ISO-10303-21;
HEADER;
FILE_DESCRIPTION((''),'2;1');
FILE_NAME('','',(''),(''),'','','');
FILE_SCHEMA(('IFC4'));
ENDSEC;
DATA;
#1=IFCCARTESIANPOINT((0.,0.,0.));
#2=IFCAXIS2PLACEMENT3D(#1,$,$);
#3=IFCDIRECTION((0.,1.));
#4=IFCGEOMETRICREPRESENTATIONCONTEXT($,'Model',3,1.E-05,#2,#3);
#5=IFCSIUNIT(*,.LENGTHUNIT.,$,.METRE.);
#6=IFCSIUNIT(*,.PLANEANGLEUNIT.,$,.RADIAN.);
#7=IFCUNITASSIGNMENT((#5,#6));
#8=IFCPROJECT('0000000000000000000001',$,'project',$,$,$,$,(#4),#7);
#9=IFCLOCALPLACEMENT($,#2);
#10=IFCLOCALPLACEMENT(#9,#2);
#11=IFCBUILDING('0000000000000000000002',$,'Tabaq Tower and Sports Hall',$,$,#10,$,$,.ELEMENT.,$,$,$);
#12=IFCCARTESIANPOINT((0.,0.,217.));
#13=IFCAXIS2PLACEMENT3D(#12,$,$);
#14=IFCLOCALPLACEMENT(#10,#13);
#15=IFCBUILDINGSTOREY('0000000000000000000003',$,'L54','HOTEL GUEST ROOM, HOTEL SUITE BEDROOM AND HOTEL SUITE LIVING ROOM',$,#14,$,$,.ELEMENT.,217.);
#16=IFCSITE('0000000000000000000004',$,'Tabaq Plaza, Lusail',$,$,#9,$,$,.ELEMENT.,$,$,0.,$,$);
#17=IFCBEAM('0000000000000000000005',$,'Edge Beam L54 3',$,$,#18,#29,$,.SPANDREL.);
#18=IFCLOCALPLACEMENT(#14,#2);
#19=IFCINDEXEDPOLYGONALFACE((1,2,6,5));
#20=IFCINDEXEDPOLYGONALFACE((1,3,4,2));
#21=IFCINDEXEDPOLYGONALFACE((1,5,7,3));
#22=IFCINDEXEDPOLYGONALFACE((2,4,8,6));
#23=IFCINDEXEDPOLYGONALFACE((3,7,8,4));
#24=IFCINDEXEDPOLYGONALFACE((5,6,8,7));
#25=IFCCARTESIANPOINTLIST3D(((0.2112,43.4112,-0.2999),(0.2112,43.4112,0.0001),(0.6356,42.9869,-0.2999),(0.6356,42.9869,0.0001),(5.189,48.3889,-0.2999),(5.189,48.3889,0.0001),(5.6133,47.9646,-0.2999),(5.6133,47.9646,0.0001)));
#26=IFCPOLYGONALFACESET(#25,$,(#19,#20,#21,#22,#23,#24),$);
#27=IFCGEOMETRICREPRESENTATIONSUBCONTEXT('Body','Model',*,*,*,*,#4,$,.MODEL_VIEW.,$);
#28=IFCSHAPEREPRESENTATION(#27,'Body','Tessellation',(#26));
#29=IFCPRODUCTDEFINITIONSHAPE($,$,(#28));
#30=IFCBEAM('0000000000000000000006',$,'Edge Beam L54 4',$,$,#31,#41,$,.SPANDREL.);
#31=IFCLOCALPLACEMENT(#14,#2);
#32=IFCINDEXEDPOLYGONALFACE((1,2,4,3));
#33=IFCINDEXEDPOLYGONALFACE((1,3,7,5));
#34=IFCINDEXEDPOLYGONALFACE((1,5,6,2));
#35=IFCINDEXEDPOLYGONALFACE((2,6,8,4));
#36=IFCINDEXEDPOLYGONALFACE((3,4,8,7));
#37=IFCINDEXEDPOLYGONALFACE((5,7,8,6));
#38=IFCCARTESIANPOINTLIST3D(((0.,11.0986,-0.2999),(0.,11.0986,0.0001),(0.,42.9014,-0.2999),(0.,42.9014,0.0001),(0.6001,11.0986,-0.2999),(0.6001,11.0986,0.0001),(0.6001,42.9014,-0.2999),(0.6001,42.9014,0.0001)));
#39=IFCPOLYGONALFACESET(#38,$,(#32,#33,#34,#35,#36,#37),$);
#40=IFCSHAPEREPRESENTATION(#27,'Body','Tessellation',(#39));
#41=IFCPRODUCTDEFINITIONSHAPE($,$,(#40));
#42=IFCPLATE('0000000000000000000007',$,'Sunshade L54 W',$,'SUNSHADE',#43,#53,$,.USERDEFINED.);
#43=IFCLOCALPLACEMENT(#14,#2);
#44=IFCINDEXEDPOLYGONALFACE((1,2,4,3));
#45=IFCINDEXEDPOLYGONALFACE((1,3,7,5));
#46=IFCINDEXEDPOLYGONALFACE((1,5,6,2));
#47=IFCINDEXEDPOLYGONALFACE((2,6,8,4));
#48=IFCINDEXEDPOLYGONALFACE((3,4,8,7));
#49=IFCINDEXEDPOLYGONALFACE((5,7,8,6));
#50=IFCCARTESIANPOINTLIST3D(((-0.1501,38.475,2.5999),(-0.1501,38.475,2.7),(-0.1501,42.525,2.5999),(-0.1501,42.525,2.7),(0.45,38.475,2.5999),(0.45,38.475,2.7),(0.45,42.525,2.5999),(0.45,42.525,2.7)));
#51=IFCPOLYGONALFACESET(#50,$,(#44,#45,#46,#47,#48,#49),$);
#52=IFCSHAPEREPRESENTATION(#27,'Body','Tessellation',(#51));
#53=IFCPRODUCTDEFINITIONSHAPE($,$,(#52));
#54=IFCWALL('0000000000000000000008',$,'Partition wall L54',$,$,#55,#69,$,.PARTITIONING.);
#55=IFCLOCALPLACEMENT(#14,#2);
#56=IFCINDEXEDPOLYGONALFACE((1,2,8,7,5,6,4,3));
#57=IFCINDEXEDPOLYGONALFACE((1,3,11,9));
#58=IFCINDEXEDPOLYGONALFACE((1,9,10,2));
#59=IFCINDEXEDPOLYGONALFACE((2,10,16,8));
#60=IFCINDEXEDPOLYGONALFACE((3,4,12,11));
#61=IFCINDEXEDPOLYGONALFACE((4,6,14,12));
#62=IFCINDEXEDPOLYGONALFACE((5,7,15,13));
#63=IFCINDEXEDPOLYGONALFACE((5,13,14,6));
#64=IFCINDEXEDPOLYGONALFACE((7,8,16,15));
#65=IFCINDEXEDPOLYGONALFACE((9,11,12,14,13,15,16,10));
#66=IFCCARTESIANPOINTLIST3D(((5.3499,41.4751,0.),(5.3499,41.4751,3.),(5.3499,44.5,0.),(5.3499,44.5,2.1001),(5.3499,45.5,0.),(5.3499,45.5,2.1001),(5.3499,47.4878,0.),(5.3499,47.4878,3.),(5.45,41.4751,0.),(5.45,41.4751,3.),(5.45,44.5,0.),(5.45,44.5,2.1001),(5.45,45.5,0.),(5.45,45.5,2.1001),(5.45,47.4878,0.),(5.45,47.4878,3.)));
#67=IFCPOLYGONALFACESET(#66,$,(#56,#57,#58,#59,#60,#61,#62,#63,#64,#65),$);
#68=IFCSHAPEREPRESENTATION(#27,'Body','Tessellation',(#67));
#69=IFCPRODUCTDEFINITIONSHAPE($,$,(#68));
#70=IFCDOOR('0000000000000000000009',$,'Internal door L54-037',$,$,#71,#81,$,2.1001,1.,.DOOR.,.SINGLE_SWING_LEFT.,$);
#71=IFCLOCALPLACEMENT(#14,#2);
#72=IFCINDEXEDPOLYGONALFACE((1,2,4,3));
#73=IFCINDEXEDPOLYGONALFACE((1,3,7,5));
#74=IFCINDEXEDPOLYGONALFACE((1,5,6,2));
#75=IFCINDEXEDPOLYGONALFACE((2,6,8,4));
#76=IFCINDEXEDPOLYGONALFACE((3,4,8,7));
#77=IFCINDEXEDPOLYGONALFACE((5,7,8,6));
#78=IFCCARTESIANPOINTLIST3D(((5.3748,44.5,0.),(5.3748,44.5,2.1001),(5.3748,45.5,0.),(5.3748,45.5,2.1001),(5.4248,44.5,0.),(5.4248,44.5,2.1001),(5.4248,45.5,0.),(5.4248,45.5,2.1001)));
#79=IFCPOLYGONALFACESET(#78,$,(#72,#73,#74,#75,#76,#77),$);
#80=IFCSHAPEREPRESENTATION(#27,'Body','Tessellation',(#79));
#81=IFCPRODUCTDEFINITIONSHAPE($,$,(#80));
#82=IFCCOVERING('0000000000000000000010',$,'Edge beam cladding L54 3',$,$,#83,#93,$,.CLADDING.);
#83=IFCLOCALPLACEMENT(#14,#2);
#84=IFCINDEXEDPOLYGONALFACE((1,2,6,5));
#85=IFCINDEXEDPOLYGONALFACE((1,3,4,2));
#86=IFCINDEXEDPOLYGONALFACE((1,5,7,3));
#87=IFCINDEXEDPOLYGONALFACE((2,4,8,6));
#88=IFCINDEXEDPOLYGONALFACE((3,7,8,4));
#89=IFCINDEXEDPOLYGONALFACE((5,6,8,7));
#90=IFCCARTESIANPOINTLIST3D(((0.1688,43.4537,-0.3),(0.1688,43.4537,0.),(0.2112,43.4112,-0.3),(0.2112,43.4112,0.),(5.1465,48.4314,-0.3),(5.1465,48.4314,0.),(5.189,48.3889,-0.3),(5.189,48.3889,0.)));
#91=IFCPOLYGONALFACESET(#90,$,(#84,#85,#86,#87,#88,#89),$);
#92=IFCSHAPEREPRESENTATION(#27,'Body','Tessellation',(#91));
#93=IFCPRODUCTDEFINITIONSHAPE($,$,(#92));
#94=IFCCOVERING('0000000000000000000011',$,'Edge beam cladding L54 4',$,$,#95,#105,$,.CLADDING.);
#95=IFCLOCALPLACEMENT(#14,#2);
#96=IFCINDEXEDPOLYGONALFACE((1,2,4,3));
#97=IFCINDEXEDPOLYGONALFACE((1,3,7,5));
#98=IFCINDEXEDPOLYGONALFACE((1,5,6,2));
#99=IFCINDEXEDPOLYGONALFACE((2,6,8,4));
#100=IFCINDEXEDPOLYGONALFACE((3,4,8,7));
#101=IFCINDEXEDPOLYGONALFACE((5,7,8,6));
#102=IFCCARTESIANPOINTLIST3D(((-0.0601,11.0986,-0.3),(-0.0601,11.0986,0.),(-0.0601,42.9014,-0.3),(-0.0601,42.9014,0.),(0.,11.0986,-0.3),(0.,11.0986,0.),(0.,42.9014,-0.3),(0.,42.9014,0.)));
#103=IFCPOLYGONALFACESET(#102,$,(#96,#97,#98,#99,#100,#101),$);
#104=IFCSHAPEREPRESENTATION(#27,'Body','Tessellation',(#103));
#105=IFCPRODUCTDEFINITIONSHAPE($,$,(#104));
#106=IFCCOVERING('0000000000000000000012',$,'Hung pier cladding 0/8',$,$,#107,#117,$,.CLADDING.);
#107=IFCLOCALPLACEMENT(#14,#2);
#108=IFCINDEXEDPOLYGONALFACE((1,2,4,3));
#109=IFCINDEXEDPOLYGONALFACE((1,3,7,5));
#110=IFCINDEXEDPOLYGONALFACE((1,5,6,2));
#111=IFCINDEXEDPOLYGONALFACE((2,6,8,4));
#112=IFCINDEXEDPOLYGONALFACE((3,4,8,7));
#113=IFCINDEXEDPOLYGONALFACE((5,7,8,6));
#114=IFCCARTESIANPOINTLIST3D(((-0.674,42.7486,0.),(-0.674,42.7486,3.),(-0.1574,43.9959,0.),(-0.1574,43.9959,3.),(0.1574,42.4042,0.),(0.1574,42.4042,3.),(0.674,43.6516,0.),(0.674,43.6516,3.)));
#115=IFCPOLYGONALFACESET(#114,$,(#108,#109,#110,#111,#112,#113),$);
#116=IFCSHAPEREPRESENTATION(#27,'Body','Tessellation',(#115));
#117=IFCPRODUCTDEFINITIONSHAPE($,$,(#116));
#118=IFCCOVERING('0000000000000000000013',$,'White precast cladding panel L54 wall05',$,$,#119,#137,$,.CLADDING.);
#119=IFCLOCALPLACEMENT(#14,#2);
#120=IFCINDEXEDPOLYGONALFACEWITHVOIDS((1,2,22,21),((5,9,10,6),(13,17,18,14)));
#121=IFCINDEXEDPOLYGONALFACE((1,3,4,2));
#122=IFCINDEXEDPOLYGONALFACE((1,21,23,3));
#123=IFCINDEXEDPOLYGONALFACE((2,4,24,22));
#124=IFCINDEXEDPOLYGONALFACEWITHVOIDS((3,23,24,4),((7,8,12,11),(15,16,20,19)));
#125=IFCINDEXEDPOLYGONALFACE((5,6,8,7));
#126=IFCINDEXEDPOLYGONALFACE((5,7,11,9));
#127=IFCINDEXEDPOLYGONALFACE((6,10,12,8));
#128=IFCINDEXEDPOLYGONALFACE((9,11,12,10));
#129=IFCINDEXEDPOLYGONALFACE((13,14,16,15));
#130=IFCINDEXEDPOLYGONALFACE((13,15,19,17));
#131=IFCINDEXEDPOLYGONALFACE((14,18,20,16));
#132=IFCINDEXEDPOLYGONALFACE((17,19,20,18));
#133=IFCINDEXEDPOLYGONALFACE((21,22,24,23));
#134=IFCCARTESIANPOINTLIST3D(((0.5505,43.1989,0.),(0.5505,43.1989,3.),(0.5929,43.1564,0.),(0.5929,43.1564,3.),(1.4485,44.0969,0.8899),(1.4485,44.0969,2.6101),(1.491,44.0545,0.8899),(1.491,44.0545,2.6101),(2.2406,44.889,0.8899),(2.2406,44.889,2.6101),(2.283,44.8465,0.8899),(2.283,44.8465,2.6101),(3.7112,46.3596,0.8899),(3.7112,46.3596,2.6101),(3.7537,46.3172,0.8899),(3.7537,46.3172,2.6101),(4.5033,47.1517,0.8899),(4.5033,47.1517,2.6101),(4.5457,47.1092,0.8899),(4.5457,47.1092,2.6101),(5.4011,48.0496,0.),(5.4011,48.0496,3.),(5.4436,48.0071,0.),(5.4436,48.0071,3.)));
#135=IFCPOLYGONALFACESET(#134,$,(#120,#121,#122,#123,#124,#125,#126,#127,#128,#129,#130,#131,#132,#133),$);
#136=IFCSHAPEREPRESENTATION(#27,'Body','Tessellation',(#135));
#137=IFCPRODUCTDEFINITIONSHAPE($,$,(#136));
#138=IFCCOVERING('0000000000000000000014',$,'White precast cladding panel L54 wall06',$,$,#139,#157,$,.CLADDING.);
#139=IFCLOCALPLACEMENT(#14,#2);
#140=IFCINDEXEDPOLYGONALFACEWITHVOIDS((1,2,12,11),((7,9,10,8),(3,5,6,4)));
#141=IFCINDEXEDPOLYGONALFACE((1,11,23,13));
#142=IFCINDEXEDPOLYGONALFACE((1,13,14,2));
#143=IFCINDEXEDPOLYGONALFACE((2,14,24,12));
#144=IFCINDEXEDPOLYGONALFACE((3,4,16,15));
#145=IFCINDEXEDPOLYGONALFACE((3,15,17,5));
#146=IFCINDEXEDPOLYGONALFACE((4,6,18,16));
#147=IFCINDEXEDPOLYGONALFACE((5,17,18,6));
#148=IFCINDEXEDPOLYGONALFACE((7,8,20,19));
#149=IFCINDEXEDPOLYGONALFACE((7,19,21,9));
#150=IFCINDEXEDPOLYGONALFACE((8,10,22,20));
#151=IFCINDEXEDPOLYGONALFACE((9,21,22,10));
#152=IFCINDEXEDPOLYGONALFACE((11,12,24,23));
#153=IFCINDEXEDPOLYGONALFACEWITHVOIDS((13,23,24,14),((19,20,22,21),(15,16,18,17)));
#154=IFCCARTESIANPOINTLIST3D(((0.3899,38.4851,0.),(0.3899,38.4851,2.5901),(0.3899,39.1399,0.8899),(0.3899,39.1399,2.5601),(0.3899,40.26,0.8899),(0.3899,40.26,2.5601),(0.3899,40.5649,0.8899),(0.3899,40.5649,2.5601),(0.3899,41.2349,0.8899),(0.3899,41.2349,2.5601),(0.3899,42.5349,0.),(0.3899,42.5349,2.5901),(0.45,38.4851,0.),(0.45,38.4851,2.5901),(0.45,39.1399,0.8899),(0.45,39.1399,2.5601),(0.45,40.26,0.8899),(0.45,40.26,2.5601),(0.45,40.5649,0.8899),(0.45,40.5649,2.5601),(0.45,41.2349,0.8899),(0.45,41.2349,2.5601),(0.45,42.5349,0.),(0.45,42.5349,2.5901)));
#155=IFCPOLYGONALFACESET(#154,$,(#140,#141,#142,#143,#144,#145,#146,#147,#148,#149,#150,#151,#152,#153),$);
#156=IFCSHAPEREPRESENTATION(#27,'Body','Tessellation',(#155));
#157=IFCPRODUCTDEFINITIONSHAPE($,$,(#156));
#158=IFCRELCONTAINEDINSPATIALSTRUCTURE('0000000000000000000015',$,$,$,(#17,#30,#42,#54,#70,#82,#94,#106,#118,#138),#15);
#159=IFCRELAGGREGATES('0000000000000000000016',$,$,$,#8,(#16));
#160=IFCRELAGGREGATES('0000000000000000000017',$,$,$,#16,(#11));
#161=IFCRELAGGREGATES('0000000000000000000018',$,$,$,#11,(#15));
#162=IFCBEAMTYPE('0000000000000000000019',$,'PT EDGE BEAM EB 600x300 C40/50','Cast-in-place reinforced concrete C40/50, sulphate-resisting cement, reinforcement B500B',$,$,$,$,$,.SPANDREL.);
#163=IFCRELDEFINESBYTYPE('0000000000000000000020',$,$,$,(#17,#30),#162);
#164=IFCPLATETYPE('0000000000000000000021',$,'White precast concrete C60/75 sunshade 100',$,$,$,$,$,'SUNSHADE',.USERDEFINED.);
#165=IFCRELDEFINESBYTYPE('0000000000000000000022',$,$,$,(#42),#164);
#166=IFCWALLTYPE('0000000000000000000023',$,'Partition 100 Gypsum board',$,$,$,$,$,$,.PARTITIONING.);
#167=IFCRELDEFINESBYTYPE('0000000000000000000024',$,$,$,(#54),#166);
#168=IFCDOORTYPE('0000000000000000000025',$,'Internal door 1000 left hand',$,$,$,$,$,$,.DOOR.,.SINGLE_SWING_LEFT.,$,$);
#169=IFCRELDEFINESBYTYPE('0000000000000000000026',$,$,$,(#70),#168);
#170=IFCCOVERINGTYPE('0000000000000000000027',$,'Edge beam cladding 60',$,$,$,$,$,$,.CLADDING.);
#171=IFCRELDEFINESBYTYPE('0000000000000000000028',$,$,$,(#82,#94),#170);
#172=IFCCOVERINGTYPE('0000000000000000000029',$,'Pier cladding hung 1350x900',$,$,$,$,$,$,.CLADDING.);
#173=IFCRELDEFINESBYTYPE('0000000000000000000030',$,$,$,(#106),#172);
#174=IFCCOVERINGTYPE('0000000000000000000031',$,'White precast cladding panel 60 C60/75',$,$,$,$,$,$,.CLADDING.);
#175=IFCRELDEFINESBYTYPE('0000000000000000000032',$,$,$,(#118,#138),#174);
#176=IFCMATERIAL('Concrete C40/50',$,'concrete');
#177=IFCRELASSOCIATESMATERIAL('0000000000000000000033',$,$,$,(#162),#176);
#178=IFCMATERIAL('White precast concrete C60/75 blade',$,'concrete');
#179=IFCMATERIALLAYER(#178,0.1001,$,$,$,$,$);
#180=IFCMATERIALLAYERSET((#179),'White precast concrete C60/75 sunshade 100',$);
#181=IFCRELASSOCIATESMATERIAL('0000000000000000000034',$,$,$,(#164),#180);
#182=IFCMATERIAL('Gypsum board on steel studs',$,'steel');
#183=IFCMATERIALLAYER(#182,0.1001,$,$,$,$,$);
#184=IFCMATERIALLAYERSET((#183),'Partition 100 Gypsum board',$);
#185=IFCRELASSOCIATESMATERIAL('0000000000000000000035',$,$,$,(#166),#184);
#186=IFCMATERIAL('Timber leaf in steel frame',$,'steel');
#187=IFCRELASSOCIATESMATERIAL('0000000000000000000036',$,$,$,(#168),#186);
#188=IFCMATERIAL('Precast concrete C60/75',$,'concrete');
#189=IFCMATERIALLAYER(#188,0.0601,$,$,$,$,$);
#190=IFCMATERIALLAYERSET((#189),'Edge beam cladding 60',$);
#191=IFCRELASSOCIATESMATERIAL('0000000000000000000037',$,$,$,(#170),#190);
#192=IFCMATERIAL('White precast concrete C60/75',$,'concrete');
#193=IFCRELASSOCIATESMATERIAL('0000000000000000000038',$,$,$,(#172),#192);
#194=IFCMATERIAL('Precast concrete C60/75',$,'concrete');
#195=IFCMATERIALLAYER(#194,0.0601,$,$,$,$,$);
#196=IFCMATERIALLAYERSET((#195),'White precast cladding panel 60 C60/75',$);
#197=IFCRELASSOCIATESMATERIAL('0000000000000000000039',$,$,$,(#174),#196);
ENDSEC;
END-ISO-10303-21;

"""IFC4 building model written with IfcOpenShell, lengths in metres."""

from ifc_helpers import new_model, si_unit, direction, frame, frame_2d, origin, origin_2d, place, context, subcontext, project, spatial, polyline, rectangle, outline, extrude, material, layer, layer_set, material_profile, profile_set, type_object, element, fill, save


model = new_model("IFC4")

# Units and contexts
model_context = context("Model", 3, precision=1e-05, world=origin(), true_north=direction((0.0, 1.0)))
body_context = subcontext(model_context, "Body", "Model", "MODEL_VIEW")
ifc_project = project(units=[si_unit("LENGTHUNIT", "METRE"), si_unit("PLANEANGLEUNIT", "RADIAN")], contexts=[model_context])

# Site, building, storey
site_placement = place(None, origin())
site = spatial("IfcSite", under=ifc_project, at=site_placement, Name="Tabaq Plaza, Lusail", CompositionType="ELEMENT", RefElevation=0.0)
building_placement = place(site_placement, origin())
building = spatial("IfcBuilding", under=site, at=building_placement, Name="Tabaq Tower and Sports Hall", CompositionType="ELEMENT")
storey_placement = place(building_placement, frame((0.0, 0.0, 217.0)))
storey = spatial("IfcBuildingStorey", under=building, at=storey_placement, Name="L54", Description="HOTEL GUEST ROOM, HOTEL SUITE BEDROOM AND HOTEL SUITE LIVING ROOM", CompositionType="ELEMENT", Elevation=217.0)

# Beams
ifc_material_1 = material(Name="Concrete C40/50", Category="concrete")
ifc_material_profile = material_profile(ifc_material_1, rectangle(XDim=0.6001, YDim=0.3, at=origin_2d()), Name="EB 600x300")
ifc_profile_set = profile_set([ifc_material_profile], Name="Concrete C40/50")
beam_type = type_object("IfcBeamType", Name="PT EDGE BEAM EB 600x300 C40/50", Description="Cast-in-place reinforced concrete C40/50, sulphate-resisting cement, reinforcement B500B", PredefinedType="SPANDREL", material=ifc_profile_set)
beam_1_placement = place(storey_placement, frame((5.4011, 48.1768, -0.1499), z_axis=(-0.707107, -0.707107, 0.0), x_axis=(0.707107, -0.707107, 0.0)))
element("IfcBeam", 1, at=beam_1_placement, inside=storey, type_object=beam_type, Name="Edge Beam L54 3", PredefinedType="SPANDREL", context=body_context, shape_type="SweptSolid", body=[
    extrude(rectangle(XDim=0.6001, YDim=0.3, at=origin_2d()), origin(), (0.0, 0.0, 1.0), 7.0396),
])
beam_2_placement = place(storey_placement, frame((0.3, 42.9014, -0.1499), z_axis=(0.0, -1.0, 0.0), x_axis=(1.0, 0.0, 0.0)))
element("IfcBeam", 2, at=beam_2_placement, inside=storey, type_object=beam_type, Name="Edge Beam L54 4", PredefinedType="SPANDREL", context=body_context, shape_type="SweptSolid", body=[
    extrude(rectangle(XDim=0.6001, YDim=0.3, at=origin_2d()), origin(), (0.0, 0.0, 1.0), 31.8027),
])

# Plate
ifc_material_2 = material(Name="White precast concrete C60/75 blade", Category="concrete")
ifc_layer_1 = layer(ifc_material_2, 0.1001)
ifc_layer_set_1 = layer_set([ifc_layer_1], Name="White precast concrete C60/75 sunshade 100")
plate_type = type_object("IfcPlateType", Name="White precast concrete C60/75 sunshade 100", ElementType="SUNSHADE", PredefinedType="USERDEFINED", material=ifc_layer_set_1)
plate_placement = place(storey_placement, frame((0.1499, 40.5, 2.5999), z_axis=(0.0, 0.0, 1.0), x_axis=(0.0, -1.0, 0.0)))
element("IfcPlate", 3, at=plate_placement, inside=storey, type_object=plate_type, Name="Sunshade L54 W", ObjectType="SUNSHADE", PredefinedType="USERDEFINED", context=body_context, shape_type="SweptSolid", body=[
    extrude(rectangle(XDim=4.05, YDim=0.6001, at=origin_2d()), origin(), (0.0, 0.0, 1.0), 0.1001),
])

# Wall, opening, door
ifc_material_3 = material(Name="Gypsum board on steel studs", Category="steel")
ifc_layer_2 = layer(ifc_material_3, 0.1001)
ifc_layer_set_2 = layer_set([ifc_layer_2], Name="Partition 100 Gypsum board")
wall_type_1 = type_object("IfcWallType", Name="Partition 100 Gypsum board", PredefinedType="PARTITIONING", material=ifc_layer_set_2)
wall_1_placement = place(storey_placement, frame((5.3999, 47.4878, 0.0), z_axis=(0.0, 0.0, 1.0), x_axis=(0.0, -1.0, 0.0)))
wall_1 = element("IfcWall", 4, at=wall_1_placement, inside=storey, type_object=wall_type_1, Name="Partition wall L54", PredefinedType="PARTITIONING", context=body_context, shape_type="SweptSolid", body=[
    extrude(rectangle(XDim=6.0127, YDim=0.1001, at=frame_2d((3.0063, 0.0))), origin(), (0.0, 0.0, 1.0), 3.0),
])
opening_1_placement = place(wall_1_placement, frame((1.9878, 0.0, 0.0)))
opening_1 = element("IfcOpeningElement", 5, at=opening_1_placement, cuts=wall_1, PredefinedType="OPENING", context=body_context, shape_type="SweptSolid", body=[
    extrude(rectangle(XDim=1.0, YDim=2.1001, at=frame_2d((0.5, 1.05))), frame((0.0, 0.05, 0.0), z_axis=(0.0, -1.0, 0.0), x_axis=(1.0, 0.0, 0.0)), (0.0, 0.0, 1.0), 0.1001),
])
ifc_material_4 = material(Name="Timber leaf in steel frame", Category="steel")
door_type = type_object("IfcDoorType", Name="Internal door 1000 left hand", OperationType="SINGLE_SWING_LEFT", PredefinedType="DOOR", material=ifc_material_4)
door_placement = place(opening_1_placement, origin())
door = element("IfcDoor", 6, at=door_placement, inside=storey, type_object=door_type, Name="Internal door L54-037", OperationType="SINGLE_SWING_LEFT", OverallHeight=2.1001, OverallWidth=1.0, PredefinedType="DOOR", context=body_context, shape_type="SweptSolid", body=[
    extrude(rectangle(XDim=1.0, YDim=2.1001, at=frame_2d((0.5, 1.05))), frame((0.0, 0.0249, 0.0), z_axis=(0.0, -1.0, 0.0), x_axis=(1.0, 0.0, 0.0)), (0.0, 0.0, 1.0), 0.05),
])
fill(opening_1, door)

# Coverings
ifc_material_5 = material(Name="Precast concrete C60/75", Category="concrete")
ifc_layer_3 = layer(ifc_material_5, 0.0601)
ifc_layer_set_3 = layer_set([ifc_layer_3], Name="Edge beam cladding 60")
covering_type_1 = type_object("IfcCoveringType", Name="Edge beam cladding 60", PredefinedType="CLADDING", material=ifc_layer_set_3)
covering_1_placement = place(storey_placement, frame((5.1677, 48.4102, -0.3), z_axis=(0.0, 0.0, 1.0), x_axis=(-0.707107, -0.707107, 0.0)))
element("IfcCovering", 7, at=covering_1_placement, inside=storey, type_object=covering_type_1, Name="Edge beam cladding L54 3", PredefinedType="CLADDING", context=body_context, shape_type="SweptSolid", body=[
    extrude(rectangle(XDim=7.0396, YDim=0.0601, at=frame_2d((3.5198, 0.0))), origin(), (0.0, 0.0, 1.0), 0.3),
])
covering_2_placement = place(storey_placement, frame((-0.03, 42.9014, -0.3), z_axis=(0.0, 0.0, 1.0), x_axis=(0.0, -1.0, 0.0)))
element("IfcCovering", 8, at=covering_2_placement, inside=storey, type_object=covering_type_1, Name="Edge beam cladding L54 4", PredefinedType="CLADDING", context=body_context, shape_type="SweptSolid", body=[
    extrude(rectangle(XDim=31.8027, YDim=0.0601, at=frame_2d((15.9014, 0.0))), origin(), (0.0, 0.0, 1.0), 0.3),
])
ifc_material_6 = material(Name="White precast concrete C60/75", Category="concrete")
covering_type_2 = type_object("IfcCoveringType", Name="Pier cladding hung 1350x900", PredefinedType="CLADDING", material=ifc_material_6)
covering_3_placement = place(storey_placement, frame((0.2583, 43.8237, 0.0), z_axis=(0.0, 0.0, 1.0), x_axis=(-0.38265, -0.923893, 0.0)))
element("IfcCovering", 9, at=covering_3_placement, inside=storey, type_object=covering_type_2, Name="Hung pier cladding 0/8", PredefinedType="CLADDING", context=body_context, shape_type="SweptSolid", body=[
    extrude(rectangle(XDim=1.3501, YDim=0.8999, at=frame_2d((0.675, 0.0))), origin(), (0.0, 0.0, 1.0), 3.0),
])
ifc_material_7 = material(Name="Precast concrete C60/75", Category="concrete")
ifc_layer_4 = layer(ifc_material_7, 0.0601)
ifc_layer_set_4 = layer_set([ifc_layer_4], Name="White precast cladding panel 60 C60/75")
covering_type_3 = type_object("IfcCoveringType", Name="White precast cladding panel 60 C60/75", PredefinedType="CLADDING", material=ifc_layer_set_4)
covering_4_placement = place(storey_placement, frame((5.4224, 48.0283, 0.0), z_axis=(0.0, 0.0, 1.0), x_axis=(-0.707107, -0.707107, 0.0)))
element("IfcCovering", 10, at=covering_4_placement, inside=storey, type_object=covering_type_3, Name="White precast cladding panel L54 wall05", PredefinedType="CLADDING", context=body_context, shape_type="SweptSolid", body=[
    extrude(outline(polyline([(0.0, 0.0), (6.8599, 0.0), (6.8599, 3.0), (0.0, 3.0), (0.0, 0.0)]), holes=[polyline([(1.2698, 2.6101), (2.3899, 2.6101), (2.3899, 0.8899), (1.2698, 0.8899), (1.2698, 2.6101)]), polyline([(4.4697, 2.6101), (5.5898, 2.6101), (5.5898, 0.8899), (4.4697, 0.8899), (4.4697, 2.6101)])]), frame((0.0, 0.03, 0.0), z_axis=(0.0, -1.0, 0.0), x_axis=(1.0, 0.0, 0.0)), (0.0, 0.0, 1.0), 0.0601),
])
covering_5_placement = place(storey_placement, frame((0.4199, 42.5349, 0.0), z_axis=(0.0, 0.0, 1.0), x_axis=(0.0, -1.0, 0.0)))
element("IfcCovering", 11, at=covering_5_placement, inside=storey, type_object=covering_type_3, Name="White precast cladding panel L54 wall06", PredefinedType="CLADDING", context=body_context, shape_type="SweptSolid", body=[
    extrude(outline(polyline([(0.0, 0.0), (4.0498, 0.0), (4.0498, 2.5901), (0.0, 2.5901), (0.0, 0.0)]), holes=[polyline([(1.3, 0.8899), (1.3, 2.5601), (1.97, 2.5601), (1.97, 0.8899), (1.3, 0.8899)]), polyline([(2.2749, 0.8899), (2.2749, 2.5601), (3.395, 2.5601), (3.395, 0.8899), (2.2749, 0.8899)])]), frame((0.0, 0.03, 0.0), z_axis=(0.0, -1.0, 0.0), x_axis=(1.0, 0.0, 0.0)), (0.0, 0.0, 1.0), 0.0601),
])

save(model, "model.ifc")
